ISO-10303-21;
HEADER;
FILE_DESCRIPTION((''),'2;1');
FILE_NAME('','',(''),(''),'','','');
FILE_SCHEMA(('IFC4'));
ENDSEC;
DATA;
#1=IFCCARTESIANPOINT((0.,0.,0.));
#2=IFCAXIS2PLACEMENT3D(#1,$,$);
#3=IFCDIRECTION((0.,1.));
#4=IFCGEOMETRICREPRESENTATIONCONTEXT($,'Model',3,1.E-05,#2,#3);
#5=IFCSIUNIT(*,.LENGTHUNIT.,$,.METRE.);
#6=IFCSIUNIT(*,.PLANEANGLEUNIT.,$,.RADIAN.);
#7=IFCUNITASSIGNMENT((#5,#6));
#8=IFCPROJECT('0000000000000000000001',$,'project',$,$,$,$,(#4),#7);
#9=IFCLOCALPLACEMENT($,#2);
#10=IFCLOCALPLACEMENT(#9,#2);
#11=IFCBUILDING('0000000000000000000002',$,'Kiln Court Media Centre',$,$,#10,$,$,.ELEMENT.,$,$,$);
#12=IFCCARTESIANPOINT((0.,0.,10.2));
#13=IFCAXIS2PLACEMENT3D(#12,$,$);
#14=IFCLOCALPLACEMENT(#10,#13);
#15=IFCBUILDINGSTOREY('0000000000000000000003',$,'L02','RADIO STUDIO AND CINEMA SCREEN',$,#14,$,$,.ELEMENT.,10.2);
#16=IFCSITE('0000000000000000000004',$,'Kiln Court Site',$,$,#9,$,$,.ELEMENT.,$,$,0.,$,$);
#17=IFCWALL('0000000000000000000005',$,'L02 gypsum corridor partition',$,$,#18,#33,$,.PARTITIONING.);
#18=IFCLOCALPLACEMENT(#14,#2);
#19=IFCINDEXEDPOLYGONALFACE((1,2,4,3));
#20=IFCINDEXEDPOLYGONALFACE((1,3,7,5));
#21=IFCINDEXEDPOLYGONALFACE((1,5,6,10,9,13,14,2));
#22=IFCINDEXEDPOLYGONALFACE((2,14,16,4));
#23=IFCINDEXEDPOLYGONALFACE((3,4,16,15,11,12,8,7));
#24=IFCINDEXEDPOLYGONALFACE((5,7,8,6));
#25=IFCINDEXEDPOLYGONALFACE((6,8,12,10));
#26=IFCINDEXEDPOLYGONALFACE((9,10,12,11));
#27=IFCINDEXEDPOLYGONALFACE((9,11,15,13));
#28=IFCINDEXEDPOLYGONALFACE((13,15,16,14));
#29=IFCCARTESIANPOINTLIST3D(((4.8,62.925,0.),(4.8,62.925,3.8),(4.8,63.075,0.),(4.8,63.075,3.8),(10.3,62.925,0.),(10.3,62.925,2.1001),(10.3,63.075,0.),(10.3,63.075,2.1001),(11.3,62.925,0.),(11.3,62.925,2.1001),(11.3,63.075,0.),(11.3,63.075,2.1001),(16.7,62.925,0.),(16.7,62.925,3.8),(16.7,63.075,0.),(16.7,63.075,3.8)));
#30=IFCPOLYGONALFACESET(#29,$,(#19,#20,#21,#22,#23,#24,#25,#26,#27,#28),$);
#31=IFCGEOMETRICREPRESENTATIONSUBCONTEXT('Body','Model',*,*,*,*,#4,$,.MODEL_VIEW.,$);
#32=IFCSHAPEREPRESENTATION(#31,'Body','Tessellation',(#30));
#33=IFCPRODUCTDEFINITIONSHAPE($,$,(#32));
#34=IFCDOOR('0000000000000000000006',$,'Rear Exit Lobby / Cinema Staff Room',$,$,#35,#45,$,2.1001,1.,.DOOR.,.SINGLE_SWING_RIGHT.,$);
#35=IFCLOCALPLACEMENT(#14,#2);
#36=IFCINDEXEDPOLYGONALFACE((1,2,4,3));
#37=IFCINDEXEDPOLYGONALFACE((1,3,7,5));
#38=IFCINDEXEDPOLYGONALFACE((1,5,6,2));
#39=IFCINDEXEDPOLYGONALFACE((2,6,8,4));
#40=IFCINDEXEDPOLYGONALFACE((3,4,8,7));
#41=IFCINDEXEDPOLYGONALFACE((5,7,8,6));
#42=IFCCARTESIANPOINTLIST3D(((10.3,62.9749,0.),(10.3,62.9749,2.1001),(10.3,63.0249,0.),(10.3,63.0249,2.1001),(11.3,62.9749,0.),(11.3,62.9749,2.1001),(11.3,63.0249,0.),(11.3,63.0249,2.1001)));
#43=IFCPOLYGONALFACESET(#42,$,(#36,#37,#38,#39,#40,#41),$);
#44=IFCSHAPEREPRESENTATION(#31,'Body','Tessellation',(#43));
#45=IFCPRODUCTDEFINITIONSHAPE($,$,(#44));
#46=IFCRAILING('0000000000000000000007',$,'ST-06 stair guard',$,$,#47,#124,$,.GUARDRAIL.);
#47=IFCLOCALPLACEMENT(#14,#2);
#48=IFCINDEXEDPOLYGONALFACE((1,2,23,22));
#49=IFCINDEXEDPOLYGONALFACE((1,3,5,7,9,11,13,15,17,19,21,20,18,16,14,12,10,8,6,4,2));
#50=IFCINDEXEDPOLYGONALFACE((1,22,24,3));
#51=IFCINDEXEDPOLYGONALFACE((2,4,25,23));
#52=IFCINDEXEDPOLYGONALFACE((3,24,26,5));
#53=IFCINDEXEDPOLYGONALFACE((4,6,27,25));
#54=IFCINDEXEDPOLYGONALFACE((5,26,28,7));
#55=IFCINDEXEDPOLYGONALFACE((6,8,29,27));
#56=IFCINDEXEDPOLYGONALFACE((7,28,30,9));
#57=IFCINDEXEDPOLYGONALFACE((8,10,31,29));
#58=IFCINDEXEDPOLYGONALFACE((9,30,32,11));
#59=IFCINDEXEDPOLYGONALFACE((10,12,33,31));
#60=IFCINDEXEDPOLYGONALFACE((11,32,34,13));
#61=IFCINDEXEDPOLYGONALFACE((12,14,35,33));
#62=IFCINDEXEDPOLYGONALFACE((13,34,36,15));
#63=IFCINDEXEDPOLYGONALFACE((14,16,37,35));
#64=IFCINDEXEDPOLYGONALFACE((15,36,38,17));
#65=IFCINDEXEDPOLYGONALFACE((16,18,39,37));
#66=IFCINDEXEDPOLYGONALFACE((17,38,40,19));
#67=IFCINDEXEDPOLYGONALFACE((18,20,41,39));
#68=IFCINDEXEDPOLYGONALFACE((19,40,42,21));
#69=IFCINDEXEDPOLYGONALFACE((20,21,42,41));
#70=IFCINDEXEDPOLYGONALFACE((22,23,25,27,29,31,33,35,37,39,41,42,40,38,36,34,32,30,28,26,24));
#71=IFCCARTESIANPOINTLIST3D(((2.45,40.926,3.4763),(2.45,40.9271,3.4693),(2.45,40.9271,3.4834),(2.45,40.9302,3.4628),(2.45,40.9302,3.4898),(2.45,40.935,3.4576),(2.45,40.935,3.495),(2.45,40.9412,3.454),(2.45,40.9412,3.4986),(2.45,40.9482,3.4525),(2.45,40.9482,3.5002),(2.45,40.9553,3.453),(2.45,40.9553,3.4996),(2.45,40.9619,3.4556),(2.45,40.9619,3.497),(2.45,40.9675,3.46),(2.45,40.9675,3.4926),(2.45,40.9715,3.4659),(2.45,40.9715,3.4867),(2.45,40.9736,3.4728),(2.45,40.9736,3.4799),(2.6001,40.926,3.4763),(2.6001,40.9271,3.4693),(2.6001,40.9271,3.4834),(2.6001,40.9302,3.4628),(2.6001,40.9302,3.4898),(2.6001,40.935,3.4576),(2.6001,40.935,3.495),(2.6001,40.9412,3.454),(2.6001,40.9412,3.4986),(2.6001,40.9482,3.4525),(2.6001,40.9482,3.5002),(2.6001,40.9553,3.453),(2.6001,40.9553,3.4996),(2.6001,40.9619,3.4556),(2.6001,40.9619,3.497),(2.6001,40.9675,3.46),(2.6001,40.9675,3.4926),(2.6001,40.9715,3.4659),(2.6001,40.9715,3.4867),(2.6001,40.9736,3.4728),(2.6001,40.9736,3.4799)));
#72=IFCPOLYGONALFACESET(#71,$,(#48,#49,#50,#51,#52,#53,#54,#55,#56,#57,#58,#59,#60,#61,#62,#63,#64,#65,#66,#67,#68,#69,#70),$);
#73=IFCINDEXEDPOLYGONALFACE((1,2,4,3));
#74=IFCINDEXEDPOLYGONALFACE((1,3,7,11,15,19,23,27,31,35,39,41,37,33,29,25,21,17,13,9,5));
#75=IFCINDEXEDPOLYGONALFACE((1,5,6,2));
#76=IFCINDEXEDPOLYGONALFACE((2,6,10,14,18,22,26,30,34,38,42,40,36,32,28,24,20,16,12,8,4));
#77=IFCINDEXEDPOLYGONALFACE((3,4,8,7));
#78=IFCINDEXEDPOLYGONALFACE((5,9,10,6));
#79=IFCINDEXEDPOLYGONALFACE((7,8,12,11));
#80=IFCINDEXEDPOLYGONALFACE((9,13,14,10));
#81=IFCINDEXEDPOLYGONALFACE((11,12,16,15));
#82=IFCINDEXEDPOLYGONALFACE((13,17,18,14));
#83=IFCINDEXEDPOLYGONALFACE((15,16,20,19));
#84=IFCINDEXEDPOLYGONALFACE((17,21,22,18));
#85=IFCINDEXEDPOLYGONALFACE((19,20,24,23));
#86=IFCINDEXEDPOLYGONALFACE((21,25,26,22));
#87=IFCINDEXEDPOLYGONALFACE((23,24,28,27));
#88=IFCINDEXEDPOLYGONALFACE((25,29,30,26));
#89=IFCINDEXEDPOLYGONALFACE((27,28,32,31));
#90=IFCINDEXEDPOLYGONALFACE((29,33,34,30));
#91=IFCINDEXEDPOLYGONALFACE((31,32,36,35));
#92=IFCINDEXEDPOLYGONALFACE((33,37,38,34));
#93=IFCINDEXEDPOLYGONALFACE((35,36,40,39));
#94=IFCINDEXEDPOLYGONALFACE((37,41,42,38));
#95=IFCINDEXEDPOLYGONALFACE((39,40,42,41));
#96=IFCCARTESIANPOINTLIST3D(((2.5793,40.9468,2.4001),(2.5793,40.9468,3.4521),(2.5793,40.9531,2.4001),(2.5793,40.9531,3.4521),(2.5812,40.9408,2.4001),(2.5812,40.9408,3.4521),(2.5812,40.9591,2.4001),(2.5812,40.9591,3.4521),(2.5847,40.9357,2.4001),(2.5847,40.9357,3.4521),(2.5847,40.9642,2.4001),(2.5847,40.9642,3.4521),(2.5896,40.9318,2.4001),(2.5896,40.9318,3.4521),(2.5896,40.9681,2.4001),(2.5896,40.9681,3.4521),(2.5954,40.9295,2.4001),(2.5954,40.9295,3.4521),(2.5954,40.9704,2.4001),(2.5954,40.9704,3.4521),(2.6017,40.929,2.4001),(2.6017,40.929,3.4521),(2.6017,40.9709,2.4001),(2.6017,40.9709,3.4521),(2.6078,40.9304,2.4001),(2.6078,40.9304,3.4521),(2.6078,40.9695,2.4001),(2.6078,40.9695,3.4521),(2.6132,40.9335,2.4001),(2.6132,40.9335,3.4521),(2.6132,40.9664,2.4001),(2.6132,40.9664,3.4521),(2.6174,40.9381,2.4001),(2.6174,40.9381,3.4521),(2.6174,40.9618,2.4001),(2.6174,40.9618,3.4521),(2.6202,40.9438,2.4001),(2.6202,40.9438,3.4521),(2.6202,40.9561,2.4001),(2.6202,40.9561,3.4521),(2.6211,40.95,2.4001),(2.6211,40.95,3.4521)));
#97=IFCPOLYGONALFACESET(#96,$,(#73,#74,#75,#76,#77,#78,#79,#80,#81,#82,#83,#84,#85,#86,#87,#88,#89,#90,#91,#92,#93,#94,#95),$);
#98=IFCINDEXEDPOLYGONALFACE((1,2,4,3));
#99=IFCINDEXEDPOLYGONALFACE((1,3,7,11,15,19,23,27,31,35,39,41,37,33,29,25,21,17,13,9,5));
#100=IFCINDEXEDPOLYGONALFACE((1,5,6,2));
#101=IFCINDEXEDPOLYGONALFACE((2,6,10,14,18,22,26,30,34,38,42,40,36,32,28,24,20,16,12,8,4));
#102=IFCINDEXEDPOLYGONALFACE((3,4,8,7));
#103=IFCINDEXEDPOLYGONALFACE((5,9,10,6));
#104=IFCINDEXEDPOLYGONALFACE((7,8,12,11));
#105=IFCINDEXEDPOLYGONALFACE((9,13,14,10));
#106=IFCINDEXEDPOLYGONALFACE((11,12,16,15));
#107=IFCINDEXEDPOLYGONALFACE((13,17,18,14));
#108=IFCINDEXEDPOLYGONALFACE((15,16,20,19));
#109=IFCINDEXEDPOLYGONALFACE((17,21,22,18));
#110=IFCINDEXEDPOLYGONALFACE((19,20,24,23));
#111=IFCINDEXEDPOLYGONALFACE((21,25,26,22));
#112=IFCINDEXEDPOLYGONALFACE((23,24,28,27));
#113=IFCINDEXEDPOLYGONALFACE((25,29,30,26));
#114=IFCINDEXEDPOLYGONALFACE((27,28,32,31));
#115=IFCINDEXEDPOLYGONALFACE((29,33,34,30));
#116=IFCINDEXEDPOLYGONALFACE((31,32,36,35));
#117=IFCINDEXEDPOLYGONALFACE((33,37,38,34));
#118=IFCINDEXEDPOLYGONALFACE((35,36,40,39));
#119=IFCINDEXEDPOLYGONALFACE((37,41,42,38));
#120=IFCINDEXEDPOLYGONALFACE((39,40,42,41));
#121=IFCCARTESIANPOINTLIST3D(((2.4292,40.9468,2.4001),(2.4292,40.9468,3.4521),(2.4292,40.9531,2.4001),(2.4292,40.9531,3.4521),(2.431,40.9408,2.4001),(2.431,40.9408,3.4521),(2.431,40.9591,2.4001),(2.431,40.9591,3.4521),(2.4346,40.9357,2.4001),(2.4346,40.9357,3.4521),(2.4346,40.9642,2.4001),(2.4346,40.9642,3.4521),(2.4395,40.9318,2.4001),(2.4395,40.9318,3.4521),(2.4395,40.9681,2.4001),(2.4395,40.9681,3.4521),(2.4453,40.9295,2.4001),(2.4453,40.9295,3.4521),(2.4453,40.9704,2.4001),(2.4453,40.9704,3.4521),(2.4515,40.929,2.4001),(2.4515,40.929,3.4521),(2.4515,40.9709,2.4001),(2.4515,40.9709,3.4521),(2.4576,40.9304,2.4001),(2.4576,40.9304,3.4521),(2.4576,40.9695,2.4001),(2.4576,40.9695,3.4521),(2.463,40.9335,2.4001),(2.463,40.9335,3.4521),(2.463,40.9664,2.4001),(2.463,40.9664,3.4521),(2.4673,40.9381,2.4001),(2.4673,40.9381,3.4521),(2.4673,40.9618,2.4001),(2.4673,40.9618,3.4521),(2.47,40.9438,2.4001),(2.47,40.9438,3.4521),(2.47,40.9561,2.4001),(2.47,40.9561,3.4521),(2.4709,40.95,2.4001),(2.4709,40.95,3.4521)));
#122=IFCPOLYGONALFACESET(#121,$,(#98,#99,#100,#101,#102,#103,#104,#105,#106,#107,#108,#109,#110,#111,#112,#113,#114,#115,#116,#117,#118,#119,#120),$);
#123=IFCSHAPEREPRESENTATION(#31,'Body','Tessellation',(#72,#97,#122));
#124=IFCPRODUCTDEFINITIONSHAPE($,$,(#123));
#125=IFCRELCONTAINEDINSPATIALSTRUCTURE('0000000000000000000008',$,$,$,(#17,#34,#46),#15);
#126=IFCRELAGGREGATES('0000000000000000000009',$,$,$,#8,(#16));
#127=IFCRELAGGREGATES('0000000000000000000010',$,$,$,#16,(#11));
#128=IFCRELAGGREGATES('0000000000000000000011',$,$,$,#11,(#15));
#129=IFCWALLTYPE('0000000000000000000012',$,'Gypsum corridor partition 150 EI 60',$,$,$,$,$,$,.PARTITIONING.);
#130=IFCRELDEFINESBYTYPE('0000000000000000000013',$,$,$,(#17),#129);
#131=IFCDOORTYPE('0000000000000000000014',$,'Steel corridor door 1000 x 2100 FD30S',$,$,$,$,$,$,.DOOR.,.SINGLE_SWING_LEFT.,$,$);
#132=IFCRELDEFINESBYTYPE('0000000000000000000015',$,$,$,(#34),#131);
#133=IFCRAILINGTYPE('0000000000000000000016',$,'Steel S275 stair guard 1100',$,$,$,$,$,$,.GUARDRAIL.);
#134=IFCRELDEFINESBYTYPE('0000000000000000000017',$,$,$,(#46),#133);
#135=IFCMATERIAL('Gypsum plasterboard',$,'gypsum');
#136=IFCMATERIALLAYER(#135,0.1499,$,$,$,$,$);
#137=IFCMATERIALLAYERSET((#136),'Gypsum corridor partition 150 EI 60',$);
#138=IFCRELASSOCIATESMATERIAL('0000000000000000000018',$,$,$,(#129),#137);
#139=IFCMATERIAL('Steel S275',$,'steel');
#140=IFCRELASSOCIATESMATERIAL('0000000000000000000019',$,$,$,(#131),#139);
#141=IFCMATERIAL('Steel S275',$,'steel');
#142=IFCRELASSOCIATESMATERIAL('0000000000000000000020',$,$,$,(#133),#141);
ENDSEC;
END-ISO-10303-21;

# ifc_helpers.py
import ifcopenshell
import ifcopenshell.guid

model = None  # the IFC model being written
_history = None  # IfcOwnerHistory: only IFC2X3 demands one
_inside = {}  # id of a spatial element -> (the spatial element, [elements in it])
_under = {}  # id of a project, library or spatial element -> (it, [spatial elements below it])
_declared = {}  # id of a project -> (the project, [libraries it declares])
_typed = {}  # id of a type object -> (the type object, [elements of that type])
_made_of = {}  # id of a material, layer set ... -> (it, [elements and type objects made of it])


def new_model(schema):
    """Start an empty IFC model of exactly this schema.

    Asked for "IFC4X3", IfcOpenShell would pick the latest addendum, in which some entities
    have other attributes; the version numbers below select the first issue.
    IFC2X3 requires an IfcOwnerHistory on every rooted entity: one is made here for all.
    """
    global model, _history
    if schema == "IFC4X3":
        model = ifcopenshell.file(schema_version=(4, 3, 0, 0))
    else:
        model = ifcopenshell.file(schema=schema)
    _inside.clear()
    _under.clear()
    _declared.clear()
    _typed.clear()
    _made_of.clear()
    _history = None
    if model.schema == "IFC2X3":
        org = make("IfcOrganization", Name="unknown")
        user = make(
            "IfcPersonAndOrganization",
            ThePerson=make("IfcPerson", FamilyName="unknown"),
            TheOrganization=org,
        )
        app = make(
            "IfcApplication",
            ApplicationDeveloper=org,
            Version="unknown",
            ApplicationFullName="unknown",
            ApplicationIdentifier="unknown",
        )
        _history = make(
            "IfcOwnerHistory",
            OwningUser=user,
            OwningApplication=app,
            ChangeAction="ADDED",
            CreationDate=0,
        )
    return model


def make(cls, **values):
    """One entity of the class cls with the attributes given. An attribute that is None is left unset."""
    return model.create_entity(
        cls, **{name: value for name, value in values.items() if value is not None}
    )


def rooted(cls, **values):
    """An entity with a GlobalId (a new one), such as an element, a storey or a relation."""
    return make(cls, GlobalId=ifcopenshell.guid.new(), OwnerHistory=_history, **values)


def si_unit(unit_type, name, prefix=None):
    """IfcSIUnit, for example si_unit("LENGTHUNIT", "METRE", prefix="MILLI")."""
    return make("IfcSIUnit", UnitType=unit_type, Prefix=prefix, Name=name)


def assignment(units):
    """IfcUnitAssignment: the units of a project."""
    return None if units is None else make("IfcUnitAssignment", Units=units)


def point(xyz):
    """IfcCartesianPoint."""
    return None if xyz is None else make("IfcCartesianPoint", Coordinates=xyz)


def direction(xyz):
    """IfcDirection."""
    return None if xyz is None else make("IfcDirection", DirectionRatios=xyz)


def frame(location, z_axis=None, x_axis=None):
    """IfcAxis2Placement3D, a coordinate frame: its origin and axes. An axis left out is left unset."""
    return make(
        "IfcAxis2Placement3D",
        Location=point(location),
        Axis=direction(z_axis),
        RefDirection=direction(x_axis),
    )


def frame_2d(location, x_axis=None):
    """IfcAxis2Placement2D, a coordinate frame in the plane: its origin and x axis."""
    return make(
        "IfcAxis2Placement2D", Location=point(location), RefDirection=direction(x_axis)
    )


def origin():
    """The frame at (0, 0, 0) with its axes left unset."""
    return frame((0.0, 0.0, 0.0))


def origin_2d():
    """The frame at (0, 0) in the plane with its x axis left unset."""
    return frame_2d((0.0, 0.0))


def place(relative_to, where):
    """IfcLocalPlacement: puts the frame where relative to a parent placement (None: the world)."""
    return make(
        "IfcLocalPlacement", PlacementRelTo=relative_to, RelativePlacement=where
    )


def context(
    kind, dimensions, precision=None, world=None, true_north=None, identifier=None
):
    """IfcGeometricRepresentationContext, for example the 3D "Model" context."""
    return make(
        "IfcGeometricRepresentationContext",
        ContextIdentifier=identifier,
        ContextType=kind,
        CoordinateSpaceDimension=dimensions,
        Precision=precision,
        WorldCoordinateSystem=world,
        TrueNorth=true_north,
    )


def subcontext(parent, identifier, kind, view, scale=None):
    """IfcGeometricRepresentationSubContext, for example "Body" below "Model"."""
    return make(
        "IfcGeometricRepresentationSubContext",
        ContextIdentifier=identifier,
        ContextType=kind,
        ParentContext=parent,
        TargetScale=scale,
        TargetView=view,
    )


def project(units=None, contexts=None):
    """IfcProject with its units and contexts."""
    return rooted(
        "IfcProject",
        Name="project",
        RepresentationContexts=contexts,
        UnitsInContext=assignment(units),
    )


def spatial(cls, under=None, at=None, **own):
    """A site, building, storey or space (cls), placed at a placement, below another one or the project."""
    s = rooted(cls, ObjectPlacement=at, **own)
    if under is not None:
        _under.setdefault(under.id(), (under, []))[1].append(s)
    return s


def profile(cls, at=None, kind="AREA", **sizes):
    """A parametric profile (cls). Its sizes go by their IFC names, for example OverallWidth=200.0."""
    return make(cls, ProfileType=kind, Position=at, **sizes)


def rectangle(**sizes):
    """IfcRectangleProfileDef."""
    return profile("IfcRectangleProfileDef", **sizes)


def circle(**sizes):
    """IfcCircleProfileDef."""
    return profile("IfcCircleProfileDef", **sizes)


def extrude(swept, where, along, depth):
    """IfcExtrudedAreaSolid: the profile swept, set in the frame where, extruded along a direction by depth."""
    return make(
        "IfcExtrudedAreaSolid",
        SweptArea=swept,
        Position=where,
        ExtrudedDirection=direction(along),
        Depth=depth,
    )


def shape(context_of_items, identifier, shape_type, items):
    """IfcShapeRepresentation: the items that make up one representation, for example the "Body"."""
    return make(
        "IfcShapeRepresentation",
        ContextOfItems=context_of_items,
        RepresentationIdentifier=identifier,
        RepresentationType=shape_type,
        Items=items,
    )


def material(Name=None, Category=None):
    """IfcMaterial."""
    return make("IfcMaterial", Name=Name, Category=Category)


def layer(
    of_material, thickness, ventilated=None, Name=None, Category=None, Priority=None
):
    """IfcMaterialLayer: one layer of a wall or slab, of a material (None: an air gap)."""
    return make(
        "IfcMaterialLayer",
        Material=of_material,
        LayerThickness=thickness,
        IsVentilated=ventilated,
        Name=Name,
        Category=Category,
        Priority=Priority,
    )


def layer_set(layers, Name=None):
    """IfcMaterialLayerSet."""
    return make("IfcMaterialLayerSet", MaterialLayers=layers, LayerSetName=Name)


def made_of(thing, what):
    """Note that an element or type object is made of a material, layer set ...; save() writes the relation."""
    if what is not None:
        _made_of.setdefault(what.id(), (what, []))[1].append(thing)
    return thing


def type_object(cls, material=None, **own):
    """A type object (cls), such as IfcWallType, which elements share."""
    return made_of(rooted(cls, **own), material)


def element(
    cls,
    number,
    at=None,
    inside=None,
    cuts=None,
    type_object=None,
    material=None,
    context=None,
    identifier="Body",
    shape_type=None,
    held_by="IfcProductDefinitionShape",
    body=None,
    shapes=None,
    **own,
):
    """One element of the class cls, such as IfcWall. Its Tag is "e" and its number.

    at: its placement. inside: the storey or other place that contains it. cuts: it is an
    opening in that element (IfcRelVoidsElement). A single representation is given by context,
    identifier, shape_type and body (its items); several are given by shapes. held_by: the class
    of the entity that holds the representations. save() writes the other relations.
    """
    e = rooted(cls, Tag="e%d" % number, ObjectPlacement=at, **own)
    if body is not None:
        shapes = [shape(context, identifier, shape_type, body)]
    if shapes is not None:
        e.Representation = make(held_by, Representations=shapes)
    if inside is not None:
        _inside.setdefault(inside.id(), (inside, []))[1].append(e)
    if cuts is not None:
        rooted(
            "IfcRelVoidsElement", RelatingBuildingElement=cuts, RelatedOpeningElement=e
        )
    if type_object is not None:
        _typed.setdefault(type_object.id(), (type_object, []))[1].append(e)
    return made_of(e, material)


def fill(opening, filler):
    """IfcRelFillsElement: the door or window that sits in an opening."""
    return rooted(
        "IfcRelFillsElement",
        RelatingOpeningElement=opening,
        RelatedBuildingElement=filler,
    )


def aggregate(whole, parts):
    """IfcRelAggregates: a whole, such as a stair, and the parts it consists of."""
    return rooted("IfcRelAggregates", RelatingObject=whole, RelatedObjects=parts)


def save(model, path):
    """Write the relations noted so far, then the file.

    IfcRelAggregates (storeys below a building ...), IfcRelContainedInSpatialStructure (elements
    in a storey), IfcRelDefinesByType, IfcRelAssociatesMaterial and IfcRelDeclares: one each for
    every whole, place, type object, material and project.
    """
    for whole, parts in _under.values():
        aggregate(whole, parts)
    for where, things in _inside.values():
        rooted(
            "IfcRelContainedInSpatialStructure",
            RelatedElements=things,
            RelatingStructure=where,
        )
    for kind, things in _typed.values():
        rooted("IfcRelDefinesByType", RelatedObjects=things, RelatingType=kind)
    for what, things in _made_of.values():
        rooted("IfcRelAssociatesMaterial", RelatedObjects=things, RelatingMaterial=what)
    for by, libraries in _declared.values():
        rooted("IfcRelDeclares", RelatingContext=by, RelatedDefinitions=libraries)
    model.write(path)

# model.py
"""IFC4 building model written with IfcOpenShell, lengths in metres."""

from ifc_helpers import new_model, si_unit, direction, frame, frame_2d, origin, origin_2d, place, context, subcontext, project, spatial, rectangle, circle, extrude, material, layer, layer_set, type_object, element, fill, save


model = new_model("IFC4")

# Units and contexts
model_context = context("Model", 3, precision=1e-05, world=origin(), true_north=direction((0.0, 1.0)))
body_context = subcontext(model_context, "Body", "Model", "MODEL_VIEW")
ifc_project = project(units=[si_unit("LENGTHUNIT", "METRE"), si_unit("PLANEANGLEUNIT", "RADIAN")], contexts=[model_context])

# Site, building, storey
site_placement = place(None, origin())
site = spatial("IfcSite", under=ifc_project, at=site_placement, Name="Kiln Court Site", CompositionType="ELEMENT", RefElevation=0.0)
building_placement = place(site_placement, origin())
building = spatial("IfcBuilding", under=site, at=building_placement, Name="Kiln Court Media Centre", CompositionType="ELEMENT")
storey_placement = place(building_placement, frame((0.0, 0.0, 10.2)))
storey = spatial("IfcBuildingStorey", under=building, at=storey_placement, Name="L02", Description="RADIO STUDIO AND CINEMA SCREEN", CompositionType="ELEMENT", Elevation=10.2)

# Wall, opening, door
ifc_material_1 = material(Name="Gypsum plasterboard", Category="gypsum")
ifc_layer_1 = layer(ifc_material_1, 0.1499)
ifc_layer_set_1 = layer_set([ifc_layer_1], Name="Gypsum corridor partition 150 EI 60")
wall_type_1 = type_object("IfcWallType", Name="Gypsum corridor partition 150 EI 60", PredefinedType="PARTITIONING", material=ifc_layer_set_1)
wall_1_placement = place(storey_placement, frame((4.8, 63.0, 0.0), z_axis=(0.0, 0.0, 1.0), x_axis=(1.0, 0.0, 0.0)))
wall_1 = element("IfcWall", 1, at=wall_1_placement, inside=storey, type_object=wall_type_1, Name="L02 gypsum corridor partition", PredefinedType="PARTITIONING", context=body_context, shape_type="SweptSolid", body=[
    extrude(rectangle(XDim=11.8999, YDim=0.1499, at=frame_2d((5.95, 0.0))), origin(), (0.0, 0.0, 1.0), 3.8),
])
opening_1_placement = place(wall_1_placement, frame((5.5, 0.0, 0.0)))
opening_1 = element("IfcOpeningElement", 2, at=opening_1_placement, cuts=wall_1, PredefinedType="OPENING", context=body_context, shape_type="SweptSolid", body=[
    extrude(rectangle(XDim=1.0, YDim=2.1001, at=frame_2d((0.5, 1.05))), frame((0.0, 0.085, 0.0), z_axis=(0.0, -1.0, 0.0), x_axis=(1.0, 0.0, 0.0)), (0.0, 0.0, 1.0), 0.1699),
])
ifc_material_2 = material(Name="Steel S275", Category="steel")
door_type_1 = type_object("IfcDoorType", Name="Steel corridor door 1000 x 2100 FD30S", OperationType="SINGLE_SWING_LEFT", PredefinedType="DOOR", material=ifc_material_2)
door_1_placement = place(opening_1_placement, origin())
door_1 = element("IfcDoor", 3, at=door_1_placement, inside=storey, type_object=door_type_1, Name="Rear Exit Lobby / Cinema Staff Room", OperationType="SINGLE_SWING_RIGHT", OverallHeight=2.1001, OverallWidth=1.0, PredefinedType="DOOR", context=body_context, shape_type="SweptSolid", body=[
    extrude(rectangle(XDim=1.0, YDim=2.1001, at=frame_2d((0.5, 1.05))), frame((0.0, 0.0249, 0.0), z_axis=(0.0, -1.0, 0.0), x_axis=(1.0, 0.0, 0.0)), (0.0, 0.0, 1.0), 0.05),
])
fill(opening_1, door_1)

# Railing
ifc_material_3 = material(Name="Steel S275", Category="steel")
railing_type_1 = type_object("IfcRailingType", Name="Steel S275 stair guard 1100", PredefinedType="GUARDRAIL", material=ifc_material_3)
railing_1_placement = place(storey_placement, frame((2.6001, 40.95, 2.4001)))
element("IfcRailing", 4, at=railing_1_placement, inside=storey, type_object=railing_type_1, Name="ST-06 stair guard", PredefinedType="GUARDRAIL", context=body_context, shape_type="SweptSolid", body=[
    extrude(circle(Radius=0.0239, at=origin_2d()), frame((0.0, 0.0, 1.0762), z_axis=(-1.0, 0.0, 0.0), x_axis=(0.0, -1.0, 0.0)), (0.0, 0.0, 1.0), 0.1501),
    extrude(circle(Radius=0.021, at=origin_2d()), origin(), (0.0, 0.0, 1.0), 1.052),
    extrude(circle(Radius=0.021, at=origin_2d()), frame((-0.1501, 0.0, 0.0)), (0.0, 0.0, 1.0), 1.052),
])

save(model, "model.ifc")
